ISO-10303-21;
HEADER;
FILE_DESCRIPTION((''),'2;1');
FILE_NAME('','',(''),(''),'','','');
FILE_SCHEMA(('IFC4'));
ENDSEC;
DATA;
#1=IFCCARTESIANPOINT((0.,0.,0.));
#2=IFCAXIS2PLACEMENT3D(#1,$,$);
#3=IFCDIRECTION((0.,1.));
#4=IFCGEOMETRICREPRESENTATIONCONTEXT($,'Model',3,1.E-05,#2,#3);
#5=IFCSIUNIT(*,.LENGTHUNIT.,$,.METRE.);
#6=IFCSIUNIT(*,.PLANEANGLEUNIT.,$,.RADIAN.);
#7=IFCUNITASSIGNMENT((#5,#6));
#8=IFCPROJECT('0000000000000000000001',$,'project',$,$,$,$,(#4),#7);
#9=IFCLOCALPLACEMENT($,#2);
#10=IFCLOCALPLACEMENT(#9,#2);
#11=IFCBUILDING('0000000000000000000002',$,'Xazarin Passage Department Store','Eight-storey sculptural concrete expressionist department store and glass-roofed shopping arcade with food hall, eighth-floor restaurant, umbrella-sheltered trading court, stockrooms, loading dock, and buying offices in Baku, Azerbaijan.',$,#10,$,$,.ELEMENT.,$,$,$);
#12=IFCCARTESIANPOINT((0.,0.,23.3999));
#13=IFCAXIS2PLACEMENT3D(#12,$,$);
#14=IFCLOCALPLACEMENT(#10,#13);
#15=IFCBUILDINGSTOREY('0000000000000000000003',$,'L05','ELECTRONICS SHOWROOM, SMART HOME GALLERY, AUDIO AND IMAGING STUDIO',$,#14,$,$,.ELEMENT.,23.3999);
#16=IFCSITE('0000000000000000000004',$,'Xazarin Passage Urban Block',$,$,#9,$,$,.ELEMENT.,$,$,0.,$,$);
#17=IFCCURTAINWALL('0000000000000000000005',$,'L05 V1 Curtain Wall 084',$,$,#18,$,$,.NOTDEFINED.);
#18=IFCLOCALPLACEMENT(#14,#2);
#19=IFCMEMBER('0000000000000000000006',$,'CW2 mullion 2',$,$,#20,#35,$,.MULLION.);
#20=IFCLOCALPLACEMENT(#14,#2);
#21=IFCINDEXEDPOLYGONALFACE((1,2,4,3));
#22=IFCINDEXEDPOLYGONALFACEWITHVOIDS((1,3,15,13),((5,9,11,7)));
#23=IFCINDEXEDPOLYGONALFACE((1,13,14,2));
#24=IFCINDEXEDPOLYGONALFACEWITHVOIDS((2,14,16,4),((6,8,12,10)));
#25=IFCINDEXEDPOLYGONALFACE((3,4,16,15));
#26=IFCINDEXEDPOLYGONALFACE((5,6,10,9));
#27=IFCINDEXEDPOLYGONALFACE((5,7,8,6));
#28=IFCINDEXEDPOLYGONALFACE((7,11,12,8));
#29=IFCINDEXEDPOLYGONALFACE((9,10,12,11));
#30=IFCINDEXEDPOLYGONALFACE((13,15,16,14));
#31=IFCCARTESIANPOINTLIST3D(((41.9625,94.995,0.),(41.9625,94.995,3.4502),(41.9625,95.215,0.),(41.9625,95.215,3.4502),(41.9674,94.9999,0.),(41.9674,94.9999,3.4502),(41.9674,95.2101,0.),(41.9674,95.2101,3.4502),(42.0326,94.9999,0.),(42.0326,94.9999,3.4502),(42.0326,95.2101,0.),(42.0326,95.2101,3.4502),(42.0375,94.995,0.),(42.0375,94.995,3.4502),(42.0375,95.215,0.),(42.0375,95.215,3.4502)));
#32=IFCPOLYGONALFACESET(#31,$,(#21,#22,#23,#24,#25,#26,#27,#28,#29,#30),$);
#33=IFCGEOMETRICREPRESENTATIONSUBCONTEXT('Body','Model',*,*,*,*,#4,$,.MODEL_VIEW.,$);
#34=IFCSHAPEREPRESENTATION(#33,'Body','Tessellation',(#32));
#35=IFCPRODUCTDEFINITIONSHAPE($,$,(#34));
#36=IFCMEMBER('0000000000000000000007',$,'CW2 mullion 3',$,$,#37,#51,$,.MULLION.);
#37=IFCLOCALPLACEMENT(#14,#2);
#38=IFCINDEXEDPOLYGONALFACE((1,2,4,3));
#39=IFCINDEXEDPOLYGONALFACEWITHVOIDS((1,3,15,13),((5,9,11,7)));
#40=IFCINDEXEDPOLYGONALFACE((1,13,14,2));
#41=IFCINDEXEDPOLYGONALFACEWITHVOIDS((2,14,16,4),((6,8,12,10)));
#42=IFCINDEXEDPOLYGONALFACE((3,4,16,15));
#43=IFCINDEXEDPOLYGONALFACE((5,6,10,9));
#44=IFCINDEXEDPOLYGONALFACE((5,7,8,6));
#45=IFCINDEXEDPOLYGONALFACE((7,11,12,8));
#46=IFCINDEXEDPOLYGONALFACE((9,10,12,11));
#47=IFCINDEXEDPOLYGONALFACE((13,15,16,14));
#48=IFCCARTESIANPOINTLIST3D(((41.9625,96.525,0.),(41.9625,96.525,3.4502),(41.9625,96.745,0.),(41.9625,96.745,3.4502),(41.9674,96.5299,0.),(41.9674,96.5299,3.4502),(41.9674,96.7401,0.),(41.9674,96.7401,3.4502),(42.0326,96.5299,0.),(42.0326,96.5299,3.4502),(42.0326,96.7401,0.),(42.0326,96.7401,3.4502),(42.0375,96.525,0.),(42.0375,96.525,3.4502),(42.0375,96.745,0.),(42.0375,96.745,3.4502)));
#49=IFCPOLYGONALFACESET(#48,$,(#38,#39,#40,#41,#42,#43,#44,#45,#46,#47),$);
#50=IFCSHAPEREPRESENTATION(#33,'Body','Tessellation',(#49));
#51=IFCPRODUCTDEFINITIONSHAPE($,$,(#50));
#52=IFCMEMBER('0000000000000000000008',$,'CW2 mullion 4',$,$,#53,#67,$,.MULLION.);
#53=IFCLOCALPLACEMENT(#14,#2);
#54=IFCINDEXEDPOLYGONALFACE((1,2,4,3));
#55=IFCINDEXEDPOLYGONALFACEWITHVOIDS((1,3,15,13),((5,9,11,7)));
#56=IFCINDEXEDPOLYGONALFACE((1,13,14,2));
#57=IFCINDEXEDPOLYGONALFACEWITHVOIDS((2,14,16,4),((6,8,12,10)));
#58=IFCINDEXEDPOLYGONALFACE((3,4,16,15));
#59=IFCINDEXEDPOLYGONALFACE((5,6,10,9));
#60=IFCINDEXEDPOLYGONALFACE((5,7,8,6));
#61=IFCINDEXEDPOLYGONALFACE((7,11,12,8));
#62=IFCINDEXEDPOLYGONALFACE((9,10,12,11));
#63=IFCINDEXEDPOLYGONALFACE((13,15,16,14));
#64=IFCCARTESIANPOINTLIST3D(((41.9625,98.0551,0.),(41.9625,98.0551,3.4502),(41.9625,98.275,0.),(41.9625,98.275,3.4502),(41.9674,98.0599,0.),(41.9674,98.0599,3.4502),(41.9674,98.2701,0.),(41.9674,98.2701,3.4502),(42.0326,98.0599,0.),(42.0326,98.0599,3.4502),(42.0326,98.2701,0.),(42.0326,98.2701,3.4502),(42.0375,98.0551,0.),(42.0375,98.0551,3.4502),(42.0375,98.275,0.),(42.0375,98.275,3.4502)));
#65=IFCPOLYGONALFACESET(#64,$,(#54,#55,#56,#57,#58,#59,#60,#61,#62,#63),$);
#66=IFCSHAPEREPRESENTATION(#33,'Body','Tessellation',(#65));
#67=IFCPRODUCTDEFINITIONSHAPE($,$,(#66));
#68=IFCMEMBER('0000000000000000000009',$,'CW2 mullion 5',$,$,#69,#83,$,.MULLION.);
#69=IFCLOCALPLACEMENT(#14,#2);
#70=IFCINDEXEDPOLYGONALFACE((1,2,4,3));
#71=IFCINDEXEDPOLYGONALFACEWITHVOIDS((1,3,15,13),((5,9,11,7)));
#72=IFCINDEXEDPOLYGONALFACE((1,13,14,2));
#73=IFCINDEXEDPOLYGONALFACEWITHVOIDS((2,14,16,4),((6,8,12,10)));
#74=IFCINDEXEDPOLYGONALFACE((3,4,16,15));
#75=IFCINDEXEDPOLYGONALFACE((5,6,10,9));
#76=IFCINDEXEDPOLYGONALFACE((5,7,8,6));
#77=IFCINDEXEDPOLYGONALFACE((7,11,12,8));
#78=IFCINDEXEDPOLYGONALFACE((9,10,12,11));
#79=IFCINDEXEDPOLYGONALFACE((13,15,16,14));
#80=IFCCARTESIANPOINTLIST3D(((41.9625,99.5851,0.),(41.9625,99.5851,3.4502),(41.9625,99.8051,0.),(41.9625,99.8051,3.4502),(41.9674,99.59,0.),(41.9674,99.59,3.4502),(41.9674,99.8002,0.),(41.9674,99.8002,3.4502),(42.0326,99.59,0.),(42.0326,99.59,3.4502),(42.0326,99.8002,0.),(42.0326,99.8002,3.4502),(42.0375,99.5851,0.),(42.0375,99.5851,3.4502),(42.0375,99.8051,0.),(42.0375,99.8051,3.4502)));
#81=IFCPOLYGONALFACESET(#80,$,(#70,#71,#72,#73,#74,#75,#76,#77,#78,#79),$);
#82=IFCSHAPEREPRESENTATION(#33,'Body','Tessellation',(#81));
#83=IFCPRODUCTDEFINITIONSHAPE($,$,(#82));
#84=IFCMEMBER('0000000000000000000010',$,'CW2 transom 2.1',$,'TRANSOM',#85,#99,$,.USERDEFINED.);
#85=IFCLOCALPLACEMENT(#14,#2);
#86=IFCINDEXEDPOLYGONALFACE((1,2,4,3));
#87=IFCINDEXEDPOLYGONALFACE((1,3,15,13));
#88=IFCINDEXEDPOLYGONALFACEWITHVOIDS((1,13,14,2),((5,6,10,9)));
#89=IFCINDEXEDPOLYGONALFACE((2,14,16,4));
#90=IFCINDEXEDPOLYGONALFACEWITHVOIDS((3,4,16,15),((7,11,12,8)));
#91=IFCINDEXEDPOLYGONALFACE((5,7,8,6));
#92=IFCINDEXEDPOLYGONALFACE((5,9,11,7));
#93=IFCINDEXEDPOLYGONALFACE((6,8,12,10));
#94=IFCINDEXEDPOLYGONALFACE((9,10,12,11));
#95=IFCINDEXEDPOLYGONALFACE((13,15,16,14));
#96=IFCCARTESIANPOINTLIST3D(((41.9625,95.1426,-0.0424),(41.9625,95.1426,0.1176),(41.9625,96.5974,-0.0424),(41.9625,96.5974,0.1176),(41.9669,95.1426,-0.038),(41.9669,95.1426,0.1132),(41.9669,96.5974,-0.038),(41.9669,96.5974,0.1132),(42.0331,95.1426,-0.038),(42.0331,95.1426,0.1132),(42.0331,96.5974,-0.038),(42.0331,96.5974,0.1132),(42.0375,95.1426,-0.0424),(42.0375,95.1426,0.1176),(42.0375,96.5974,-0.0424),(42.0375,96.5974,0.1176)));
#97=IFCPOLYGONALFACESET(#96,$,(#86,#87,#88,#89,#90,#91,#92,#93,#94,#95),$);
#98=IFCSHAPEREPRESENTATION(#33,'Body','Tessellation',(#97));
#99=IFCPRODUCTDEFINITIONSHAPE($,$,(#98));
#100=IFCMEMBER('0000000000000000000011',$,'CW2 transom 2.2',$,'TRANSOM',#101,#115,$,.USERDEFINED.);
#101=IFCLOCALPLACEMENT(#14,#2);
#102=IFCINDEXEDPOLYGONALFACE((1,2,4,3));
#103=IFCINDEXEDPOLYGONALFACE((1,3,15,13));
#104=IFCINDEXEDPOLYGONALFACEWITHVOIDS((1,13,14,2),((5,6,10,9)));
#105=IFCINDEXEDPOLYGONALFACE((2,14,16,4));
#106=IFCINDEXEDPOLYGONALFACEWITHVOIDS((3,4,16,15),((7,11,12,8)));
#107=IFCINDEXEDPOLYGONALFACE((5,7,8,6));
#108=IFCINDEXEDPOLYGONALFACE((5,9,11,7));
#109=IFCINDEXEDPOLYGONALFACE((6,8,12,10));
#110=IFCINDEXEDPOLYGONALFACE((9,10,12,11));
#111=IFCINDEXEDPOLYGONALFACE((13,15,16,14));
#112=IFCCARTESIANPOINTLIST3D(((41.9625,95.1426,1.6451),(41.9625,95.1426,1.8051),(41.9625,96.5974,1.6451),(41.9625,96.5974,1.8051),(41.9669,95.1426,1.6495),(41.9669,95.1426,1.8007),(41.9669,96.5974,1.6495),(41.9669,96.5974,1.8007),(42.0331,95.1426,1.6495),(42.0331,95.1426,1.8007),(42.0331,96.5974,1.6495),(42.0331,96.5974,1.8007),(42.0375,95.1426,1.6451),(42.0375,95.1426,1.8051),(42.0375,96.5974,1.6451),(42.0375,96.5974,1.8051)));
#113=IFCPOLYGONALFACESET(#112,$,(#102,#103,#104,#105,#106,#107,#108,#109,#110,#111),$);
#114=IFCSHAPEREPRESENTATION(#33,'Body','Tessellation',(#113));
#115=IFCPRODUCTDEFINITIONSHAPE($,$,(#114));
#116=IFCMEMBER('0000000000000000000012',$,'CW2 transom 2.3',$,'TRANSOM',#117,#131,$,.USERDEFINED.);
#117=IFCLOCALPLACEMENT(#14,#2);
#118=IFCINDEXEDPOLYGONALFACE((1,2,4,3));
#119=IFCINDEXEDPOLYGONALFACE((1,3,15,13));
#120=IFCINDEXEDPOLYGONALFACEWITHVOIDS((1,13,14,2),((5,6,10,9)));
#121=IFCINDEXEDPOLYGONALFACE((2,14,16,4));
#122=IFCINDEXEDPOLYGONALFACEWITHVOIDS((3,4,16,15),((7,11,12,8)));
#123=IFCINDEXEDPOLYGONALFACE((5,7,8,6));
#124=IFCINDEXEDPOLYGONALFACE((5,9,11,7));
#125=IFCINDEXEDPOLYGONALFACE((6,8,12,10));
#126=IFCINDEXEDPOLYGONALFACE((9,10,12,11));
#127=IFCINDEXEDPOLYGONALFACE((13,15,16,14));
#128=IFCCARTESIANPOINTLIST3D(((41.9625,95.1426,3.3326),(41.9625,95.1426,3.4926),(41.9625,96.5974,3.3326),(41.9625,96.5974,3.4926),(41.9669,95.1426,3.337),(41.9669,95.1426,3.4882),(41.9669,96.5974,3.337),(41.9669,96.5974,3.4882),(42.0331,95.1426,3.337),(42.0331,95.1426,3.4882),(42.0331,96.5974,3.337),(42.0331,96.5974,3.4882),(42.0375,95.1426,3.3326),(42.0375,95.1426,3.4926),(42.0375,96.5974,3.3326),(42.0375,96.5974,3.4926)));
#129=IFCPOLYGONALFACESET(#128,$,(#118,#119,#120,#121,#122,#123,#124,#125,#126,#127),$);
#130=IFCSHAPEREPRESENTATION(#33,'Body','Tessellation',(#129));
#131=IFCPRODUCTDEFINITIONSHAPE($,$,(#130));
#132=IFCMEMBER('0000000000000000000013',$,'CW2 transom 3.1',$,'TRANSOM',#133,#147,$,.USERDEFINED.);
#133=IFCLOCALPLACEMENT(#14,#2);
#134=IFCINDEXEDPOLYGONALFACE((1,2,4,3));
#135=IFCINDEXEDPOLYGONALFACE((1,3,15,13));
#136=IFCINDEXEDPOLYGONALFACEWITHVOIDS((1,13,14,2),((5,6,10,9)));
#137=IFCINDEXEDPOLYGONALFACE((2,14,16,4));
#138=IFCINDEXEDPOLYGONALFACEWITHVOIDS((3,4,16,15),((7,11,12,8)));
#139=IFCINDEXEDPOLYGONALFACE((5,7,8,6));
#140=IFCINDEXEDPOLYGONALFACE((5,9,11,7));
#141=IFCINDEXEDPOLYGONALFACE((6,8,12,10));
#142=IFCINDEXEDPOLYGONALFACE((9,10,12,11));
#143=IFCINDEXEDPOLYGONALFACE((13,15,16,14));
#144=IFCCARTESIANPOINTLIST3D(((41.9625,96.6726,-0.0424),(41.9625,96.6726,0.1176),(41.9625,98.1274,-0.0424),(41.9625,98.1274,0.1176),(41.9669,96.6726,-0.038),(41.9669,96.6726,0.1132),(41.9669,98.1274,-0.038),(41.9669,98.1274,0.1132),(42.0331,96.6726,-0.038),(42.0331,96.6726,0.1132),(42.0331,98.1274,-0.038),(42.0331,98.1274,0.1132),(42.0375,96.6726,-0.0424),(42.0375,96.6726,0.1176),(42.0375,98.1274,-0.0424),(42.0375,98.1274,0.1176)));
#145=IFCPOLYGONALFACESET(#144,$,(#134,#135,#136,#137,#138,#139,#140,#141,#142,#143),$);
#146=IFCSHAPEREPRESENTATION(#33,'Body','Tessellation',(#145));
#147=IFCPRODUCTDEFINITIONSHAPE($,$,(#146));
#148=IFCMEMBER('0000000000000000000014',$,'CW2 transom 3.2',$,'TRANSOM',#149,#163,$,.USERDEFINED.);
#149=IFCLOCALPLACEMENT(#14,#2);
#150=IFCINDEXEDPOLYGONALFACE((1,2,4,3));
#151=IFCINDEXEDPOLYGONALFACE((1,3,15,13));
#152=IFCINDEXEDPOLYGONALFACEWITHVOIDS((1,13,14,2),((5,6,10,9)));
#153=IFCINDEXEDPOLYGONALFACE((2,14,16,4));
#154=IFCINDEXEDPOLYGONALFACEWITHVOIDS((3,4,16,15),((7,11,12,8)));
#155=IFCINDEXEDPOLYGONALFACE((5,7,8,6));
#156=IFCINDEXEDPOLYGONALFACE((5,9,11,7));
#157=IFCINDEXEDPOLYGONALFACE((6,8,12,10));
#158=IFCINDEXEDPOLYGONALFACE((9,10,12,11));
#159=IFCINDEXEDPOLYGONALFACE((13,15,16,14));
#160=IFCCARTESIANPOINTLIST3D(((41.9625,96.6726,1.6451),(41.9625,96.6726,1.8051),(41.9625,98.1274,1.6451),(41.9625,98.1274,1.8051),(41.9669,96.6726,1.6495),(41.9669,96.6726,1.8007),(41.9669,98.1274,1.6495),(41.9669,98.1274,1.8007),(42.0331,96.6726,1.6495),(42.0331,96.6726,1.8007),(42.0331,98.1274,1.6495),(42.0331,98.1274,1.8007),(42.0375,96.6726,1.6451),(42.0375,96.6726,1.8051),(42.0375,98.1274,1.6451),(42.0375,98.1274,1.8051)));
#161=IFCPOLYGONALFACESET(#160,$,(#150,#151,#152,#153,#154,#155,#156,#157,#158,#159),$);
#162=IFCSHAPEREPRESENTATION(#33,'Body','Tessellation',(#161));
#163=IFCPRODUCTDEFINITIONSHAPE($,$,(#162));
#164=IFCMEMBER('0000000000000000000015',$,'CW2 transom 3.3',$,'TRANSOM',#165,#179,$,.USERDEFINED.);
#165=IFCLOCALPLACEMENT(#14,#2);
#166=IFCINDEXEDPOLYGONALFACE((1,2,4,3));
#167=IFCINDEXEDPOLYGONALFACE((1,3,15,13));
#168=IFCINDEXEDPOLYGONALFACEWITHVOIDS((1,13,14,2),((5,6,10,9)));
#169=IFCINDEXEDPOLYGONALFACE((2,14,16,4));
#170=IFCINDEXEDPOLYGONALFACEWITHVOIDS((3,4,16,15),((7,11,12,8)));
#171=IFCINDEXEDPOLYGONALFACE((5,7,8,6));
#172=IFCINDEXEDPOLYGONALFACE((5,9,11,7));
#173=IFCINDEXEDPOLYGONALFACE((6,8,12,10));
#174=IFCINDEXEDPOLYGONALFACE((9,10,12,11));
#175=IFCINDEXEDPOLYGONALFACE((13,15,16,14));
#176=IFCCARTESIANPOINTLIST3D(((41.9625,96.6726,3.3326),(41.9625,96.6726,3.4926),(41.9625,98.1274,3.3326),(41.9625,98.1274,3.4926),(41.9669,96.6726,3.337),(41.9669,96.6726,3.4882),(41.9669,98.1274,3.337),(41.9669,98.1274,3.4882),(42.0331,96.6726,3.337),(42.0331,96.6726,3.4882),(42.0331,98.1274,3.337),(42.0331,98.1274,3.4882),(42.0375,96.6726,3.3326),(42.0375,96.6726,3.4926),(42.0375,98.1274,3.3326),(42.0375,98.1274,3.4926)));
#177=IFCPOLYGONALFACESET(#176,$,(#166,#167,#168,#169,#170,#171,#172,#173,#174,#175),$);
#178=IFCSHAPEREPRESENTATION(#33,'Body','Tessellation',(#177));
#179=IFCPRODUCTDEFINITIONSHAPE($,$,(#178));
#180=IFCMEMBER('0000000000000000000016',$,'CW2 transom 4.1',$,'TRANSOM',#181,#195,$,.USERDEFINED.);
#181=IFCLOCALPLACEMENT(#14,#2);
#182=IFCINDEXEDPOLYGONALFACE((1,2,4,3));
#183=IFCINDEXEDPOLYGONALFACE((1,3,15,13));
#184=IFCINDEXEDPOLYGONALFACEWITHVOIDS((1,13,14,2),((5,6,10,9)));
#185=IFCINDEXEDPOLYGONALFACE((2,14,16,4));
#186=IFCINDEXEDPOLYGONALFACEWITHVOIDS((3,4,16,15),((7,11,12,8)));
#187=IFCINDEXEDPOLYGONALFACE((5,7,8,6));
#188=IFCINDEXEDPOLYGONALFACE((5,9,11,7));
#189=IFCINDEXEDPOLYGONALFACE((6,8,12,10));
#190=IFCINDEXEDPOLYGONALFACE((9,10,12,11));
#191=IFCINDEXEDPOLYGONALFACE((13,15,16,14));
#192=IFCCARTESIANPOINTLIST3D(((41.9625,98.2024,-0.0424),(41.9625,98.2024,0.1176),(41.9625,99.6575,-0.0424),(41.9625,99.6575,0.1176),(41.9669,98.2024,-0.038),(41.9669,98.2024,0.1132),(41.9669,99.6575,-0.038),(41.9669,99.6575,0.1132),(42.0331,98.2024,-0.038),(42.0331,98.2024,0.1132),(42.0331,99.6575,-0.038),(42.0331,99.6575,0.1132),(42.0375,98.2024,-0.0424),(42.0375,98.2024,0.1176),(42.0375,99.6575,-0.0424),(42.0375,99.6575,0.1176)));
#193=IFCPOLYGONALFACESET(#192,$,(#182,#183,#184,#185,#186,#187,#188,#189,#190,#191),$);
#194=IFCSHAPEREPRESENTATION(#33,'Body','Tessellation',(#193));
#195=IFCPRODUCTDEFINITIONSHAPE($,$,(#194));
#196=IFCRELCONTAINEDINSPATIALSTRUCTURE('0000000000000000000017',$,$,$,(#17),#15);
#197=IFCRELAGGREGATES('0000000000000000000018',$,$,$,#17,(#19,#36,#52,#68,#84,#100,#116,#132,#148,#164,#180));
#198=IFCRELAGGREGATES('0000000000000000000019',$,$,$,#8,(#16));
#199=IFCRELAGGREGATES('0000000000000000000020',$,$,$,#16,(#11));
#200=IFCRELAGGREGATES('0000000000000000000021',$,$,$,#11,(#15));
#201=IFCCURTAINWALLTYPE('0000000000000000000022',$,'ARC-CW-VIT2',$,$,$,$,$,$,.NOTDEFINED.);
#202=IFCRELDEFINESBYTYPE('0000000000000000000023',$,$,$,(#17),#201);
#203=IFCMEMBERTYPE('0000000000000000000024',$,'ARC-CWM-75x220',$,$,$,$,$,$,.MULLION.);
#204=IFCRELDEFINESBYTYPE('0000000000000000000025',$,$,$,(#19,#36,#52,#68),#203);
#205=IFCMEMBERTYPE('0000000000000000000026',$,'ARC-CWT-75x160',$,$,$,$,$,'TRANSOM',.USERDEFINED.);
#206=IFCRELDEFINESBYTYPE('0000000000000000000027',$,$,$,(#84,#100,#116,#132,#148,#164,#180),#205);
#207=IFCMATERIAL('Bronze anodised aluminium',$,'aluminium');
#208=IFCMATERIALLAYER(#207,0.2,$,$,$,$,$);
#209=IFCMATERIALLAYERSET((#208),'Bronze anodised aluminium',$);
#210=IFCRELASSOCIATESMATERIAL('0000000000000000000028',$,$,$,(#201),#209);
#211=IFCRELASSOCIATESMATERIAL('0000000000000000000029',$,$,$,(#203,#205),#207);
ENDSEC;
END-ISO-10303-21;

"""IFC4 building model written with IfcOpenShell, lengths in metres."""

from ifc_helpers import new_model, si_unit, direction, frame, origin, origin_2d, place, context, subcontext, project, spatial, hollow_rectangle, extrude, material, layer, layer_set, material_profile, profile_set, type_object, element, aggregate, save


model = new_model("IFC4")

# Units and contexts
model_context = context("Model", 3, precision=1e-05, world=origin(), true_north=direction((0.0, 1.0)))
body_context = subcontext(model_context, "Body", "Model", "MODEL_VIEW")
ifc_project = project(units=[si_unit("LENGTHUNIT", "METRE"), si_unit("PLANEANGLEUNIT", "RADIAN")], contexts=[model_context])

# Site, building, storey
site_placement = place(None, origin())
site = spatial("IfcSite", under=ifc_project, at=site_placement, Name="Xazarin Passage Urban Block", CompositionType="ELEMENT", RefElevation=0.0)
building_placement = place(site_placement, origin())
building = spatial("IfcBuilding", under=site, at=building_placement, Name="Xazarin Passage Department Store", Description="Eight-storey sculptural concrete expressionist department store and glass-roofed shopping arcade with food hall, eighth-floor restaurant, umbrella-sheltered trading court, stockrooms, loading dock, and buying offices in Baku, Azerbaijan.", CompositionType="ELEMENT")
storey_placement = place(building_placement, frame((0.0, 0.0, 23.3999)))
storey = spatial("IfcBuildingStorey", under=building, at=storey_placement, Name="L05", Description="ELECTRONICS SHOWROOM, SMART HOME GALLERY, AUDIO AND IMAGING STUDIO", CompositionType="ELEMENT", Elevation=23.3999)

# Curtain wall, members
ifc_material_1 = material(Name="Bronze anodised aluminium", Category="aluminium")
ifc_layer_1 = layer(ifc_material_1, 0.2)
ifc_layer_set_1 = layer_set([ifc_layer_1], Name="Bronze anodised aluminium")
curtain_wall_type = type_object("IfcCurtainWallType", Name="ARC-CW-VIT2", PredefinedType="NOTDEFINED", material=ifc_layer_set_1)
curtain_wall_placement = place(storey_placement, origin())
curtain_wall = element("IfcCurtainWall", 1, at=curtain_wall_placement, inside=storey, type_object=curtain_wall_type, Name="L05 V1 Curtain Wall 084", PredefinedType="NOTDEFINED")
ifc_material_profile_1 = material_profile(ifc_material_1, hollow_rectangle(XDim=0.075, YDim=0.22, WallThickness=0.0049, at=origin_2d()), Name="ALU 75x220")
ifc_profile_set_1 = profile_set([ifc_material_profile_1], Name="Bronze anodised aluminium")
member_type_1 = type_object("IfcMemberType", Name="ARC-CWM-75x220", PredefinedType="MULLION", material=ifc_profile_set_1)
member_1_placement = place(storey_placement, frame((42.0, 95.105, 0.0), z_axis=(0.0, 0.0, 1.0), x_axis=(-1.0, 0.0, 0.0)))
member_1 = element("IfcMember", 2, at=member_1_placement, type_object=member_type_1, Name="CW2 mullion 2", PredefinedType="MULLION", context=body_context, shape_type="SweptSolid", body=[
    extrude(hollow_rectangle(XDim=0.075, YDim=0.22, WallThickness=0.0049, at=origin_2d()), origin(), (0.0, 0.0, 1.0), 3.4502),
])
member_2_placement = place(storey_placement, frame((42.0, 96.635, 0.0), z_axis=(0.0, 0.0, 1.0), x_axis=(-1.0, 0.0, 0.0)))
member_2 = element("IfcMember", 3, at=member_2_placement, type_object=member_type_1, Name="CW2 mullion 3", PredefinedType="MULLION", context=body_context, shape_type="SweptSolid", body=[
    extrude(hollow_rectangle(XDim=0.075, YDim=0.22, WallThickness=0.0049, at=origin_2d()), origin(), (0.0, 0.0, 1.0), 3.4502),
])
member_3_placement = place(storey_placement, frame((42.0, 98.165, 0.0), z_axis=(0.0, 0.0, 1.0), x_axis=(-1.0, 0.0, 0.0)))
member_3 = element("IfcMember", 4, at=member_3_placement, type_object=member_type_1, Name="CW2 mullion 4", PredefinedType="MULLION", context=body_context, shape_type="SweptSolid", body=[
    extrude(hollow_rectangle(XDim=0.075, YDim=0.22, WallThickness=0.0049, at=origin_2d()), origin(), (0.0, 0.0, 1.0), 3.4502),
])
member_4_placement = place(storey_placement, frame((42.0, 99.6951, 0.0), z_axis=(0.0, 0.0, 1.0), x_axis=(-1.0, 0.0, 0.0)))
member_4 = element("IfcMember", 5, at=member_4_placement, type_object=member_type_1, Name="CW2 mullion 5", PredefinedType="MULLION", context=body_context, shape_type="SweptSolid", body=[
    extrude(hollow_rectangle(XDim=0.075, YDim=0.22, WallThickness=0.0049, at=origin_2d()), origin(), (0.0, 0.0, 1.0), 3.4502),
])
ifc_material_profile_2 = material_profile(ifc_material_1, hollow_rectangle(XDim=0.075, YDim=0.1599, WallThickness=0.0044, at=origin_2d()), Name="ALU 75x160")
ifc_profile_set_2 = profile_set([ifc_material_profile_2], Name="Bronze anodised aluminium")
member_type_2 = type_object("IfcMemberType", Name="ARC-CWT-75x160", ElementType="TRANSOM", PredefinedType="USERDEFINED", material=ifc_profile_set_2)
member_5_placement = place(storey_placement, frame((42.0, 95.1426, 0.0376), z_axis=(0.0, 1.0, 0.0), x_axis=(-1.0, 0.0, 0.0)))
member_5 = element("IfcMember", 6, at=member_5_placement, type_object=member_type_2, Name="CW2 transom 2.1", ObjectType="TRANSOM", PredefinedType="USERDEFINED", context=body_context, shape_type="SweptSolid", body=[
    extrude(hollow_rectangle(XDim=0.075, YDim=0.1599, WallThickness=0.0044, at=origin_2d()), origin(), (0.0, 0.0, 1.0), 1.4548),
])
member_6_placement = place(storey_placement, frame((42.0, 95.1426, 1.7251), z_axis=(0.0, 1.0, 0.0), x_axis=(-1.0, 0.0, 0.0)))
member_6 = element("IfcMember", 7, at=member_6_placement, type_object=member_type_2, Name="CW2 transom 2.2", ObjectType="TRANSOM", PredefinedType="USERDEFINED", context=body_context, shape_type="SweptSolid", body=[
    extrude(hollow_rectangle(XDim=0.075, YDim=0.1599, WallThickness=0.0044, at=origin_2d()), origin(), (0.0, 0.0, 1.0), 1.4548),
])
member_7_placement = place(storey_placement, frame((42.0, 95.1426, 3.4126), z_axis=(0.0, 1.0, 0.0), x_axis=(-1.0, 0.0, 0.0)))
member_7 = element("IfcMember", 8, at=member_7_placement, type_object=member_type_2, Name="CW2 transom 2.3", ObjectType="TRANSOM", PredefinedType="USERDEFINED", context=body_context, shape_type="SweptSolid", body=[
    extrude(hollow_rectangle(XDim=0.075, YDim=0.1599, WallThickness=0.0044, at=origin_2d()), origin(), (0.0, 0.0, 1.0), 1.4548),
])
member_8_placement = place(storey_placement, frame((42.0, 96.6726, 0.0376), z_axis=(0.0, 1.0, 0.0), x_axis=(-1.0, 0.0, 0.0)))
member_8 = element("IfcMember", 9, at=member_8_placement, type_object=member_type_2, Name="CW2 transom 3.1", ObjectType="TRANSOM", PredefinedType="USERDEFINED", context=body_context, shape_type="SweptSolid", body=[
    extrude(hollow_rectangle(XDim=0.075, YDim=0.1599, WallThickness=0.0044, at=origin_2d()), origin(), (0.0, 0.0, 1.0), 1.4548),
])
member_9_placement = place(storey_placement, frame((42.0, 96.6726, 1.7251), z_axis=(0.0, 1.0, 0.0), x_axis=(-1.0, 0.0, 0.0)))
member_9 = element("IfcMember", 10, at=member_9_placement, type_object=member_type_2, Name="CW2 transom 3.2", ObjectType="TRANSOM", PredefinedType="USERDEFINED", context=body_context, shape_type="SweptSolid", body=[
    extrude(hollow_rectangle(XDim=0.075, YDim=0.1599, WallThickness=0.0044, at=origin_2d()), origin(), (0.0, 0.0, 1.0), 1.4548),
])
member_10_placement = place(storey_placement, frame((42.0, 96.6726, 3.4126), z_axis=(0.0, 1.0, 0.0), x_axis=(-1.0, 0.0, 0.0)))
member_10 = element("IfcMember", 11, at=member_10_placement, type_object=member_type_2, Name="CW2 transom 3.3", ObjectType="TRANSOM", PredefinedType="USERDEFINED", context=body_context, shape_type="SweptSolid", body=[
    extrude(hollow_rectangle(XDim=0.075, YDim=0.1599, WallThickness=0.0044, at=origin_2d()), origin(), (0.0, 0.0, 1.0), 1.4548),
])
member_11_placement = place(storey_placement, frame((42.0, 98.2024, 0.0376), z_axis=(0.0, 1.0, 0.0), x_axis=(-1.0, 0.0, 0.0)))
member_11 = element("IfcMember", 12, at=member_11_placement, type_object=member_type_2, Name="CW2 transom 4.1", ObjectType="TRANSOM", PredefinedType="USERDEFINED", context=body_context, shape_type="SweptSolid", body=[
    extrude(hollow_rectangle(XDim=0.075, YDim=0.1599, WallThickness=0.0044, at=origin_2d()), origin(), (0.0, 0.0, 1.0), 1.4551),
])
aggregate(curtain_wall, [member_1, member_2, member_3, member_4, member_5, member_6, member_7, member_8, member_9, member_10, member_11])

save(model, "model.ifc")
